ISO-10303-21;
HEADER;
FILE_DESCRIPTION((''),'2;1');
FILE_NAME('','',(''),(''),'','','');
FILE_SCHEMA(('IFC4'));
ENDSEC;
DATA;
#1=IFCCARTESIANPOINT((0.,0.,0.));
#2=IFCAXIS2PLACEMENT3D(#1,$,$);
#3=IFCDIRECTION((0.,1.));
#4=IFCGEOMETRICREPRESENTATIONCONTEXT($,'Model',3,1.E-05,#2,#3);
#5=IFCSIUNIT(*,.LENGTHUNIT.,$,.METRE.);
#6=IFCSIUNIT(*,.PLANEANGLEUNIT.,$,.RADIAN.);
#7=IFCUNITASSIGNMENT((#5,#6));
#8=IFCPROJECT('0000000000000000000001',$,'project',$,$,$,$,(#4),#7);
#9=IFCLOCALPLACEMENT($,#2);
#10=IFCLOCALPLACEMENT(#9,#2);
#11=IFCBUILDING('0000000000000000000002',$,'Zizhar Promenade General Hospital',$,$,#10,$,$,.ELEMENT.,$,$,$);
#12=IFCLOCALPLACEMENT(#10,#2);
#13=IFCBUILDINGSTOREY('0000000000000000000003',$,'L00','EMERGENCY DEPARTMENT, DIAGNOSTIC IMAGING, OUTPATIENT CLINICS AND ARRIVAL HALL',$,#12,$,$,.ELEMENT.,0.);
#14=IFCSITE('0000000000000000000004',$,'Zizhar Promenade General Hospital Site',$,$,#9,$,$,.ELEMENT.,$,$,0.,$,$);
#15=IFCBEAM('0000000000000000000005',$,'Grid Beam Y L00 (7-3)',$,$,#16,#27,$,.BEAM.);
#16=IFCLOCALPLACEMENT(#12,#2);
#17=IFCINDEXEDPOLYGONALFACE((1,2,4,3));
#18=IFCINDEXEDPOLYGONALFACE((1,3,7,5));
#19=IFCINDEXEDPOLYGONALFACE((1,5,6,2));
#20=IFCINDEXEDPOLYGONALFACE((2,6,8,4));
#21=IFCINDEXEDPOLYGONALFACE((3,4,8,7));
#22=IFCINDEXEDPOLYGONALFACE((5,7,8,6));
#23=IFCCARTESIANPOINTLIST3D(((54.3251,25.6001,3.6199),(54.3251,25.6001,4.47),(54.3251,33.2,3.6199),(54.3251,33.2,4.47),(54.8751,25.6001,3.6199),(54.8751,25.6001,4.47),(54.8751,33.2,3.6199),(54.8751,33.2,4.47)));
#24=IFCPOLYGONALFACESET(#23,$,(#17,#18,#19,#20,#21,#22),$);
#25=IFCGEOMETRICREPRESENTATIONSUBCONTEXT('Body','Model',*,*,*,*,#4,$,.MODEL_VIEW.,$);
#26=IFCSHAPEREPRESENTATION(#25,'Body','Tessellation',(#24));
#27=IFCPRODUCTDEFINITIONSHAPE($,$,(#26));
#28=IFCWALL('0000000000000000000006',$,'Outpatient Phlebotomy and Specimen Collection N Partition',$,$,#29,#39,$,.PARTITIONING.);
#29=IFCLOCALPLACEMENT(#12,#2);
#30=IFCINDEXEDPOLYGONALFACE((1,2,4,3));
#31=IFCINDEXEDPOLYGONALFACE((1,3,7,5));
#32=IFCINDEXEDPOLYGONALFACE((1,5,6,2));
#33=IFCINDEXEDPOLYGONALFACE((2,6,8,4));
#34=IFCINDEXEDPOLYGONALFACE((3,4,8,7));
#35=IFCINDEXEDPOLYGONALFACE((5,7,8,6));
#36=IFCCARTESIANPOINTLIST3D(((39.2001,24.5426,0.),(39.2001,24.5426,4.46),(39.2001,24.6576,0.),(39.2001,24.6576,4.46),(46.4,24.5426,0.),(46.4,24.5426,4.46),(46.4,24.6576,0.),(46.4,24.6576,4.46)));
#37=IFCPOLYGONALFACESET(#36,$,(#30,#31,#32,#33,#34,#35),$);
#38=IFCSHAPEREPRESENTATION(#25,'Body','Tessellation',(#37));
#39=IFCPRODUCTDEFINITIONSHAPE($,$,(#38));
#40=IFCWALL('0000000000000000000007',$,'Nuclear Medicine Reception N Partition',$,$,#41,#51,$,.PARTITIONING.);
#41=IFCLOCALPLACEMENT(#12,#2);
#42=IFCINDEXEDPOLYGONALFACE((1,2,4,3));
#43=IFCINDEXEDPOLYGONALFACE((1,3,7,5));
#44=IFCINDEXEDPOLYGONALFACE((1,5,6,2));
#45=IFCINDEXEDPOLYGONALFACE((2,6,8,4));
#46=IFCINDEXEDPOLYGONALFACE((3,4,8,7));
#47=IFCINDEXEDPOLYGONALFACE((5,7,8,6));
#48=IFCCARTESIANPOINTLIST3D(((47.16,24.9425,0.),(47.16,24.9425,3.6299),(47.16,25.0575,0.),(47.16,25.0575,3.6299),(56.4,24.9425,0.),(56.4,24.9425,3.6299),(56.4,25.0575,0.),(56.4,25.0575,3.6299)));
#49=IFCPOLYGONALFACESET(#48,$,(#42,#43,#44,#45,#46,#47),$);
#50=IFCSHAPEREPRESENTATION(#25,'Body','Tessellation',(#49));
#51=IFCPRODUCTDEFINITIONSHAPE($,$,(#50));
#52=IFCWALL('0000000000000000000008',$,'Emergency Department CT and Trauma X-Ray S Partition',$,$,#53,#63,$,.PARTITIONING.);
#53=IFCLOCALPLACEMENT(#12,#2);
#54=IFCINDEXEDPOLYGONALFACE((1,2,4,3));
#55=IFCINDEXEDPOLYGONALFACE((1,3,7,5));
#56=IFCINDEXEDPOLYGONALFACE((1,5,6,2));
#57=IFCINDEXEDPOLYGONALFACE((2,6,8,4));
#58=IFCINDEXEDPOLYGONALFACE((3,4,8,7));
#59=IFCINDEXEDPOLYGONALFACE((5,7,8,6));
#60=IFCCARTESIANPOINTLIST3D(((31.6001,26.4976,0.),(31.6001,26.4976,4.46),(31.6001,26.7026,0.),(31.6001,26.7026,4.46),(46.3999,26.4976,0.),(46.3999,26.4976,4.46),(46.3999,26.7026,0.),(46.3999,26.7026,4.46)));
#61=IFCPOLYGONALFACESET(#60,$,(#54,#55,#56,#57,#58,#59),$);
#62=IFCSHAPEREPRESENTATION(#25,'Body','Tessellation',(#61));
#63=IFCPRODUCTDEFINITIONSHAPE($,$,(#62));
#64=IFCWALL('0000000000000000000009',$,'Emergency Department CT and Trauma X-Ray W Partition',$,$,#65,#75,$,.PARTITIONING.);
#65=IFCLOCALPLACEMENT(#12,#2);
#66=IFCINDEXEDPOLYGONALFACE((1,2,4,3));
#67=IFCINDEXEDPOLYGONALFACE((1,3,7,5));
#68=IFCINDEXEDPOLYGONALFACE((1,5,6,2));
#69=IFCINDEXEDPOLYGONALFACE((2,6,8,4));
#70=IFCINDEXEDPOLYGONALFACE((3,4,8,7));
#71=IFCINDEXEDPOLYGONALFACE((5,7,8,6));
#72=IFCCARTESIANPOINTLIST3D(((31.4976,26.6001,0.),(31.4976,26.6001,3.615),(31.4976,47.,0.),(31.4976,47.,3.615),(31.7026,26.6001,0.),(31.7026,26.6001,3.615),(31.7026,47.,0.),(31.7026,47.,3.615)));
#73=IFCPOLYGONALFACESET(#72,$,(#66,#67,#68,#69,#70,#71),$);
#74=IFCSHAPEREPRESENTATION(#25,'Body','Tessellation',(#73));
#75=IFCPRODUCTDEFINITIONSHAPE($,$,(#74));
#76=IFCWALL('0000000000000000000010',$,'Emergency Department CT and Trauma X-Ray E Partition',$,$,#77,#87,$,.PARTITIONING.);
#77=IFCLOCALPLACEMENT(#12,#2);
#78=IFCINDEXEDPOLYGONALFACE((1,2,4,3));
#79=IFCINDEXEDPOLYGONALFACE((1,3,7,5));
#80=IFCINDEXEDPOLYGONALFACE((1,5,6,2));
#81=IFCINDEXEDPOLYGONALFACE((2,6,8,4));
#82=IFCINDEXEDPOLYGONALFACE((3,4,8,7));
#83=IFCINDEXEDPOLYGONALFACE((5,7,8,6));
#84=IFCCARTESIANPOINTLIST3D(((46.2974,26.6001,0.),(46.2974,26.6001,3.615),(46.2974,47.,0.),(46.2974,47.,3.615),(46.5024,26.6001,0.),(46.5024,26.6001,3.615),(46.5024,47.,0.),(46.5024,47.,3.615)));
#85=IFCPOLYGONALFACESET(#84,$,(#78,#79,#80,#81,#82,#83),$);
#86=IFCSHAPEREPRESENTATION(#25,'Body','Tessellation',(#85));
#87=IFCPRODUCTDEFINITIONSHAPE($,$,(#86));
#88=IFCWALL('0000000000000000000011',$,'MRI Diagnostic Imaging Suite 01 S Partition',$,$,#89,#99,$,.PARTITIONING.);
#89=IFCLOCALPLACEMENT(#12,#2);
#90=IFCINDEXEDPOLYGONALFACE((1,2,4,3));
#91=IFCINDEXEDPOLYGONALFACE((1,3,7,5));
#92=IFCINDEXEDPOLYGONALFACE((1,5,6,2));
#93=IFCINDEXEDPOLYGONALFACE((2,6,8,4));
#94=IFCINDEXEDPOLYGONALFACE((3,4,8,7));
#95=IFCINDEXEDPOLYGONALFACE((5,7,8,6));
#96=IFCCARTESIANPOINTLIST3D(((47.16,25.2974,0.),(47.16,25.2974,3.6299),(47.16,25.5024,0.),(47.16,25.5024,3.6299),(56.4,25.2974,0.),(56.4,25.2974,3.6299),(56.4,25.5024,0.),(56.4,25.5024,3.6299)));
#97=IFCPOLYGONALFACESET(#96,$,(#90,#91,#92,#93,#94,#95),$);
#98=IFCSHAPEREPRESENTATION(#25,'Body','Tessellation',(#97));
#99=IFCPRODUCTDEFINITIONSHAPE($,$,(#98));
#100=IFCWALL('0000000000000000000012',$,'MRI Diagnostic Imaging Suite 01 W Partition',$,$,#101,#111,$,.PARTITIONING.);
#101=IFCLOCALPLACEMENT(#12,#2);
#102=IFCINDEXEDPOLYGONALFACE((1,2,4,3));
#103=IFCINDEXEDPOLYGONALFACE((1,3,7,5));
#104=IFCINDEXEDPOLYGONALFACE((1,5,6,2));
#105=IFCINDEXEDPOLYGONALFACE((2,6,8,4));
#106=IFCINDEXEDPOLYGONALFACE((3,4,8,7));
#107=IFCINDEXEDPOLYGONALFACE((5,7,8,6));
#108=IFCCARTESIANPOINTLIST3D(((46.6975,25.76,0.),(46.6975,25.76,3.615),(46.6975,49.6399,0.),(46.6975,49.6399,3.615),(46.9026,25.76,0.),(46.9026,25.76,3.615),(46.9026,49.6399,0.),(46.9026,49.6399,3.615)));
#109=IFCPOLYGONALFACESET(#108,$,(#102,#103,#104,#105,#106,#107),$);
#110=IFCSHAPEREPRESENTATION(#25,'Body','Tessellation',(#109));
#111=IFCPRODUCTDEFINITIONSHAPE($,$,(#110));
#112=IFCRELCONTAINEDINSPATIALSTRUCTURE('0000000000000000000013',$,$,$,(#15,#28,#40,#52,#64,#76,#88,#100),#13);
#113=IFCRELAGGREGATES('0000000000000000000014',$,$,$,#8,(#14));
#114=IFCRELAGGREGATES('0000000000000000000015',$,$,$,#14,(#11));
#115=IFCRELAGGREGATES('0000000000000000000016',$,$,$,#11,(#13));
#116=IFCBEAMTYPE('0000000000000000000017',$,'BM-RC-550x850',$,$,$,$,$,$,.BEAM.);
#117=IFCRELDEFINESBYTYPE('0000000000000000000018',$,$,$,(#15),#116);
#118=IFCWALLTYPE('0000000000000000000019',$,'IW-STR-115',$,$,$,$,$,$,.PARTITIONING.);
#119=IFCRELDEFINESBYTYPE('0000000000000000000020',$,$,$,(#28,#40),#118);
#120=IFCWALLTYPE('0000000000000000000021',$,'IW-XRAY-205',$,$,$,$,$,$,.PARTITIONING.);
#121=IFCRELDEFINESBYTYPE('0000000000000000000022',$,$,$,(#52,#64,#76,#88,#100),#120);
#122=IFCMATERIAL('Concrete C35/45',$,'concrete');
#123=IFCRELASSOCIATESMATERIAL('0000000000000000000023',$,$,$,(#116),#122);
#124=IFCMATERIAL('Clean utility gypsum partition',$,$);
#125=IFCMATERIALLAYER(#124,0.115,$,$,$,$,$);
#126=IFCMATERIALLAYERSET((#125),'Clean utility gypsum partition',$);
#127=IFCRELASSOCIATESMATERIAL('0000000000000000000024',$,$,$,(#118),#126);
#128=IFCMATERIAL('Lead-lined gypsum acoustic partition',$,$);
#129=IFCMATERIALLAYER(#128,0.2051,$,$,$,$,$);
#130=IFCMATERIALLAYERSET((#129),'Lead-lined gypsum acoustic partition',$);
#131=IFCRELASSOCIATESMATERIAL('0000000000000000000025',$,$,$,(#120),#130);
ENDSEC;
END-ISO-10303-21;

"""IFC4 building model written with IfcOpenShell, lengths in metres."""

from ifc_helpers import new_model, si_unit, direction, frame, frame_2d, origin, origin_2d, place, context, subcontext, project, spatial, rectangle, extrude, material, layer, layer_set, material_profile, profile_set, type_object, element, save


model = new_model("IFC4")

# Units and contexts
model_context = context("Model", 3, precision=1e-05, world=origin(), true_north=direction((0.0, 1.0)))
body_context = subcontext(model_context, "Body", "Model", "MODEL_VIEW")
ifc_project = project(units=[si_unit("LENGTHUNIT", "METRE"), si_unit("PLANEANGLEUNIT", "RADIAN")], contexts=[model_context])

# Site, building, storey
site_placement = place(None, origin())
site = spatial("IfcSite", under=ifc_project, at=site_placement, Name="Zizhar Promenade General Hospital Site", CompositionType="ELEMENT", RefElevation=0.0)
building_placement = place(site_placement, origin())
building = spatial("IfcBuilding", under=site, at=building_placement, Name="Zizhar Promenade General Hospital", CompositionType="ELEMENT")
storey_placement = place(building_placement, origin())
storey = spatial("IfcBuildingStorey", under=building, at=storey_placement, Name="L00", Description="EMERGENCY DEPARTMENT, DIAGNOSTIC IMAGING, OUTPATIENT CLINICS AND ARRIVAL HALL", CompositionType="ELEMENT", Elevation=0.0)

# Beam
ifc_material_1 = material(Name="Concrete C35/45", Category="concrete")
ifc_material_profile_1 = material_profile(ifc_material_1, rectangle(XDim=0.55, YDim=0.8501, at=origin_2d()))
ifc_profile_set_1 = profile_set([ifc_material_profile_1], Name="Concrete C35/45")
beam_type_1 = type_object("IfcBeamType", Name="BM-RC-550x850", PredefinedType="BEAM", material=ifc_profile_set_1)
for number, where, z_axis, x_axis, name in (
    (1, (54.6001, 25.6001, 4.0449), (0.0, 1.0, 0.0), (-1.0, 0.0, 0.0), "Grid Beam Y L00 (7-3)"),
):
    element("IfcBeam", number, at=place(storey_placement, frame(where, z_axis=z_axis, x_axis=x_axis)), inside=storey, type_object=beam_type_1, Name=name, PredefinedType="BEAM", context=body_context, shape_type="SweptSolid", body=[
        extrude(rectangle(XDim=0.55, YDim=0.8501, at=origin_2d()), origin(), (0.0, 0.0, 1.0), 7.5999),
    ])

# Walls
ifc_material_2 = material(Name="Clean utility gypsum partition")
ifc_layer_1 = layer(ifc_material_2, 0.115)
ifc_layer_set_1 = layer_set([ifc_layer_1], Name="Clean utility gypsum partition")
wall_type_1 = type_object("IfcWallType", Name="IW-STR-115", PredefinedType="PARTITIONING", material=ifc_layer_set_1)
wall_1_placement = place(storey_placement, frame((39.2, 24.6001, 0.0), z_axis=(0.0, 0.0, 1.0), x_axis=(1.0, 0.0, 0.0)))
element("IfcWall", 2, at=wall_1_placement, inside=storey, type_object=wall_type_1, Name="Outpatient Phlebotomy and Specimen Collection N Partition", PredefinedType="PARTITIONING", context=body_context, shape_type="SweptSolid", body=[
    extrude(rectangle(XDim=7.2, YDim=0.115, at=frame_2d((3.6001, 0.0))), origin(), (0.0, 0.0, 1.0), 4.46),
])
wall_2_placement = place(storey_placement, frame((47.1599, 25.0, 0.0), z_axis=(0.0, 0.0, 1.0), x_axis=(1.0, 0.0, 0.0)))
element("IfcWall", 3, at=wall_2_placement, inside=storey, type_object=wall_type_1, Name="Nuclear Medicine Reception N Partition", PredefinedType="PARTITIONING", context=body_context, shape_type="SweptSolid", body=[
    extrude(rectangle(XDim=9.24, YDim=0.115, at=frame_2d((4.6201, 0.0))), origin(), (0.0, 0.0, 1.0), 3.6299),
])
ifc_material_3 = material(Name="Lead-lined gypsum acoustic partition")
ifc_layer_2 = layer(ifc_material_3, 0.2051)
ifc_layer_set_2 = layer_set([ifc_layer_2], Name="Lead-lined gypsum acoustic partition")
wall_type_2 = type_object("IfcWallType", Name="IW-XRAY-205", PredefinedType="PARTITIONING", material=ifc_layer_set_2)
wall_3_placement = place(storey_placement, frame((31.6001, 26.6001, 0.0), z_axis=(0.0, 0.0, 1.0), x_axis=(1.0, 0.0, 0.0)))
element("IfcWall", 4, at=wall_3_placement, inside=storey, type_object=wall_type_2, Name="Emergency Department CT and Trauma X-Ray S Partition", PredefinedType="PARTITIONING", context=body_context, shape_type="SweptSolid", body=[
    extrude(rectangle(XDim=14.7998, YDim=0.2051, at=frame_2d((7.3999, 0.0))), origin(), (0.0, 0.0, 1.0), 4.46),
])
for number, where, z_axis, x_axis, name in (
    (5, (31.6001, 26.6001, 0.0), (0.0, 0.0, 1.0), (0.0, 1.0, 0.0), "Emergency Department CT and Trauma X-Ray W Partition"),
    (6, (46.3999, 26.6001, 0.0), (0.0, 0.0, 1.0), (0.0, 1.0, 0.0), "Emergency Department CT and Trauma X-Ray E Partition"),
):
    element("IfcWall", number, at=place(storey_placement, frame(where, z_axis=z_axis, x_axis=x_axis)), inside=storey, type_object=wall_type_2, Name=name, PredefinedType="PARTITIONING", context=body_context, shape_type="SweptSolid", body=[
        extrude(rectangle(XDim=20.3999, YDim=0.2051, at=frame_2d((10.2, 0.0))), origin(), (0.0, 0.0, 1.0), 3.615),
    ])
wall_4_placement = place(storey_placement, frame((47.1599, 25.3999, 0.0), z_axis=(0.0, 0.0, 1.0), x_axis=(1.0, 0.0, 0.0)))
element("IfcWall", 7, at=wall_4_placement, inside=storey, type_object=wall_type_2, Name="MRI Diagnostic Imaging Suite 01 S Partition", PredefinedType="PARTITIONING", context=body_context, shape_type="SweptSolid", body=[
    extrude(rectangle(XDim=9.24, YDim=0.2051, at=frame_2d((4.6201, 0.0))), origin(), (0.0, 0.0, 1.0), 3.6299),
])
wall_5_placement = place(storey_placement, frame((46.8, 25.76, 0.0), z_axis=(0.0, 0.0, 1.0), x_axis=(0.0, 1.0, 0.0)))
element("IfcWall", 8, at=wall_5_placement, inside=storey, type_object=wall_type_2, Name="MRI Diagnostic Imaging Suite 01 W Partition", PredefinedType="PARTITIONING", context=body_context, shape_type="SweptSolid", body=[
    extrude(rectangle(XDim=23.8799, YDim=0.2051, at=frame_2d((11.9399, 0.0))), origin(), (0.0, 0.0, 1.0), 3.615),
])

save(model, "model.ifc")
